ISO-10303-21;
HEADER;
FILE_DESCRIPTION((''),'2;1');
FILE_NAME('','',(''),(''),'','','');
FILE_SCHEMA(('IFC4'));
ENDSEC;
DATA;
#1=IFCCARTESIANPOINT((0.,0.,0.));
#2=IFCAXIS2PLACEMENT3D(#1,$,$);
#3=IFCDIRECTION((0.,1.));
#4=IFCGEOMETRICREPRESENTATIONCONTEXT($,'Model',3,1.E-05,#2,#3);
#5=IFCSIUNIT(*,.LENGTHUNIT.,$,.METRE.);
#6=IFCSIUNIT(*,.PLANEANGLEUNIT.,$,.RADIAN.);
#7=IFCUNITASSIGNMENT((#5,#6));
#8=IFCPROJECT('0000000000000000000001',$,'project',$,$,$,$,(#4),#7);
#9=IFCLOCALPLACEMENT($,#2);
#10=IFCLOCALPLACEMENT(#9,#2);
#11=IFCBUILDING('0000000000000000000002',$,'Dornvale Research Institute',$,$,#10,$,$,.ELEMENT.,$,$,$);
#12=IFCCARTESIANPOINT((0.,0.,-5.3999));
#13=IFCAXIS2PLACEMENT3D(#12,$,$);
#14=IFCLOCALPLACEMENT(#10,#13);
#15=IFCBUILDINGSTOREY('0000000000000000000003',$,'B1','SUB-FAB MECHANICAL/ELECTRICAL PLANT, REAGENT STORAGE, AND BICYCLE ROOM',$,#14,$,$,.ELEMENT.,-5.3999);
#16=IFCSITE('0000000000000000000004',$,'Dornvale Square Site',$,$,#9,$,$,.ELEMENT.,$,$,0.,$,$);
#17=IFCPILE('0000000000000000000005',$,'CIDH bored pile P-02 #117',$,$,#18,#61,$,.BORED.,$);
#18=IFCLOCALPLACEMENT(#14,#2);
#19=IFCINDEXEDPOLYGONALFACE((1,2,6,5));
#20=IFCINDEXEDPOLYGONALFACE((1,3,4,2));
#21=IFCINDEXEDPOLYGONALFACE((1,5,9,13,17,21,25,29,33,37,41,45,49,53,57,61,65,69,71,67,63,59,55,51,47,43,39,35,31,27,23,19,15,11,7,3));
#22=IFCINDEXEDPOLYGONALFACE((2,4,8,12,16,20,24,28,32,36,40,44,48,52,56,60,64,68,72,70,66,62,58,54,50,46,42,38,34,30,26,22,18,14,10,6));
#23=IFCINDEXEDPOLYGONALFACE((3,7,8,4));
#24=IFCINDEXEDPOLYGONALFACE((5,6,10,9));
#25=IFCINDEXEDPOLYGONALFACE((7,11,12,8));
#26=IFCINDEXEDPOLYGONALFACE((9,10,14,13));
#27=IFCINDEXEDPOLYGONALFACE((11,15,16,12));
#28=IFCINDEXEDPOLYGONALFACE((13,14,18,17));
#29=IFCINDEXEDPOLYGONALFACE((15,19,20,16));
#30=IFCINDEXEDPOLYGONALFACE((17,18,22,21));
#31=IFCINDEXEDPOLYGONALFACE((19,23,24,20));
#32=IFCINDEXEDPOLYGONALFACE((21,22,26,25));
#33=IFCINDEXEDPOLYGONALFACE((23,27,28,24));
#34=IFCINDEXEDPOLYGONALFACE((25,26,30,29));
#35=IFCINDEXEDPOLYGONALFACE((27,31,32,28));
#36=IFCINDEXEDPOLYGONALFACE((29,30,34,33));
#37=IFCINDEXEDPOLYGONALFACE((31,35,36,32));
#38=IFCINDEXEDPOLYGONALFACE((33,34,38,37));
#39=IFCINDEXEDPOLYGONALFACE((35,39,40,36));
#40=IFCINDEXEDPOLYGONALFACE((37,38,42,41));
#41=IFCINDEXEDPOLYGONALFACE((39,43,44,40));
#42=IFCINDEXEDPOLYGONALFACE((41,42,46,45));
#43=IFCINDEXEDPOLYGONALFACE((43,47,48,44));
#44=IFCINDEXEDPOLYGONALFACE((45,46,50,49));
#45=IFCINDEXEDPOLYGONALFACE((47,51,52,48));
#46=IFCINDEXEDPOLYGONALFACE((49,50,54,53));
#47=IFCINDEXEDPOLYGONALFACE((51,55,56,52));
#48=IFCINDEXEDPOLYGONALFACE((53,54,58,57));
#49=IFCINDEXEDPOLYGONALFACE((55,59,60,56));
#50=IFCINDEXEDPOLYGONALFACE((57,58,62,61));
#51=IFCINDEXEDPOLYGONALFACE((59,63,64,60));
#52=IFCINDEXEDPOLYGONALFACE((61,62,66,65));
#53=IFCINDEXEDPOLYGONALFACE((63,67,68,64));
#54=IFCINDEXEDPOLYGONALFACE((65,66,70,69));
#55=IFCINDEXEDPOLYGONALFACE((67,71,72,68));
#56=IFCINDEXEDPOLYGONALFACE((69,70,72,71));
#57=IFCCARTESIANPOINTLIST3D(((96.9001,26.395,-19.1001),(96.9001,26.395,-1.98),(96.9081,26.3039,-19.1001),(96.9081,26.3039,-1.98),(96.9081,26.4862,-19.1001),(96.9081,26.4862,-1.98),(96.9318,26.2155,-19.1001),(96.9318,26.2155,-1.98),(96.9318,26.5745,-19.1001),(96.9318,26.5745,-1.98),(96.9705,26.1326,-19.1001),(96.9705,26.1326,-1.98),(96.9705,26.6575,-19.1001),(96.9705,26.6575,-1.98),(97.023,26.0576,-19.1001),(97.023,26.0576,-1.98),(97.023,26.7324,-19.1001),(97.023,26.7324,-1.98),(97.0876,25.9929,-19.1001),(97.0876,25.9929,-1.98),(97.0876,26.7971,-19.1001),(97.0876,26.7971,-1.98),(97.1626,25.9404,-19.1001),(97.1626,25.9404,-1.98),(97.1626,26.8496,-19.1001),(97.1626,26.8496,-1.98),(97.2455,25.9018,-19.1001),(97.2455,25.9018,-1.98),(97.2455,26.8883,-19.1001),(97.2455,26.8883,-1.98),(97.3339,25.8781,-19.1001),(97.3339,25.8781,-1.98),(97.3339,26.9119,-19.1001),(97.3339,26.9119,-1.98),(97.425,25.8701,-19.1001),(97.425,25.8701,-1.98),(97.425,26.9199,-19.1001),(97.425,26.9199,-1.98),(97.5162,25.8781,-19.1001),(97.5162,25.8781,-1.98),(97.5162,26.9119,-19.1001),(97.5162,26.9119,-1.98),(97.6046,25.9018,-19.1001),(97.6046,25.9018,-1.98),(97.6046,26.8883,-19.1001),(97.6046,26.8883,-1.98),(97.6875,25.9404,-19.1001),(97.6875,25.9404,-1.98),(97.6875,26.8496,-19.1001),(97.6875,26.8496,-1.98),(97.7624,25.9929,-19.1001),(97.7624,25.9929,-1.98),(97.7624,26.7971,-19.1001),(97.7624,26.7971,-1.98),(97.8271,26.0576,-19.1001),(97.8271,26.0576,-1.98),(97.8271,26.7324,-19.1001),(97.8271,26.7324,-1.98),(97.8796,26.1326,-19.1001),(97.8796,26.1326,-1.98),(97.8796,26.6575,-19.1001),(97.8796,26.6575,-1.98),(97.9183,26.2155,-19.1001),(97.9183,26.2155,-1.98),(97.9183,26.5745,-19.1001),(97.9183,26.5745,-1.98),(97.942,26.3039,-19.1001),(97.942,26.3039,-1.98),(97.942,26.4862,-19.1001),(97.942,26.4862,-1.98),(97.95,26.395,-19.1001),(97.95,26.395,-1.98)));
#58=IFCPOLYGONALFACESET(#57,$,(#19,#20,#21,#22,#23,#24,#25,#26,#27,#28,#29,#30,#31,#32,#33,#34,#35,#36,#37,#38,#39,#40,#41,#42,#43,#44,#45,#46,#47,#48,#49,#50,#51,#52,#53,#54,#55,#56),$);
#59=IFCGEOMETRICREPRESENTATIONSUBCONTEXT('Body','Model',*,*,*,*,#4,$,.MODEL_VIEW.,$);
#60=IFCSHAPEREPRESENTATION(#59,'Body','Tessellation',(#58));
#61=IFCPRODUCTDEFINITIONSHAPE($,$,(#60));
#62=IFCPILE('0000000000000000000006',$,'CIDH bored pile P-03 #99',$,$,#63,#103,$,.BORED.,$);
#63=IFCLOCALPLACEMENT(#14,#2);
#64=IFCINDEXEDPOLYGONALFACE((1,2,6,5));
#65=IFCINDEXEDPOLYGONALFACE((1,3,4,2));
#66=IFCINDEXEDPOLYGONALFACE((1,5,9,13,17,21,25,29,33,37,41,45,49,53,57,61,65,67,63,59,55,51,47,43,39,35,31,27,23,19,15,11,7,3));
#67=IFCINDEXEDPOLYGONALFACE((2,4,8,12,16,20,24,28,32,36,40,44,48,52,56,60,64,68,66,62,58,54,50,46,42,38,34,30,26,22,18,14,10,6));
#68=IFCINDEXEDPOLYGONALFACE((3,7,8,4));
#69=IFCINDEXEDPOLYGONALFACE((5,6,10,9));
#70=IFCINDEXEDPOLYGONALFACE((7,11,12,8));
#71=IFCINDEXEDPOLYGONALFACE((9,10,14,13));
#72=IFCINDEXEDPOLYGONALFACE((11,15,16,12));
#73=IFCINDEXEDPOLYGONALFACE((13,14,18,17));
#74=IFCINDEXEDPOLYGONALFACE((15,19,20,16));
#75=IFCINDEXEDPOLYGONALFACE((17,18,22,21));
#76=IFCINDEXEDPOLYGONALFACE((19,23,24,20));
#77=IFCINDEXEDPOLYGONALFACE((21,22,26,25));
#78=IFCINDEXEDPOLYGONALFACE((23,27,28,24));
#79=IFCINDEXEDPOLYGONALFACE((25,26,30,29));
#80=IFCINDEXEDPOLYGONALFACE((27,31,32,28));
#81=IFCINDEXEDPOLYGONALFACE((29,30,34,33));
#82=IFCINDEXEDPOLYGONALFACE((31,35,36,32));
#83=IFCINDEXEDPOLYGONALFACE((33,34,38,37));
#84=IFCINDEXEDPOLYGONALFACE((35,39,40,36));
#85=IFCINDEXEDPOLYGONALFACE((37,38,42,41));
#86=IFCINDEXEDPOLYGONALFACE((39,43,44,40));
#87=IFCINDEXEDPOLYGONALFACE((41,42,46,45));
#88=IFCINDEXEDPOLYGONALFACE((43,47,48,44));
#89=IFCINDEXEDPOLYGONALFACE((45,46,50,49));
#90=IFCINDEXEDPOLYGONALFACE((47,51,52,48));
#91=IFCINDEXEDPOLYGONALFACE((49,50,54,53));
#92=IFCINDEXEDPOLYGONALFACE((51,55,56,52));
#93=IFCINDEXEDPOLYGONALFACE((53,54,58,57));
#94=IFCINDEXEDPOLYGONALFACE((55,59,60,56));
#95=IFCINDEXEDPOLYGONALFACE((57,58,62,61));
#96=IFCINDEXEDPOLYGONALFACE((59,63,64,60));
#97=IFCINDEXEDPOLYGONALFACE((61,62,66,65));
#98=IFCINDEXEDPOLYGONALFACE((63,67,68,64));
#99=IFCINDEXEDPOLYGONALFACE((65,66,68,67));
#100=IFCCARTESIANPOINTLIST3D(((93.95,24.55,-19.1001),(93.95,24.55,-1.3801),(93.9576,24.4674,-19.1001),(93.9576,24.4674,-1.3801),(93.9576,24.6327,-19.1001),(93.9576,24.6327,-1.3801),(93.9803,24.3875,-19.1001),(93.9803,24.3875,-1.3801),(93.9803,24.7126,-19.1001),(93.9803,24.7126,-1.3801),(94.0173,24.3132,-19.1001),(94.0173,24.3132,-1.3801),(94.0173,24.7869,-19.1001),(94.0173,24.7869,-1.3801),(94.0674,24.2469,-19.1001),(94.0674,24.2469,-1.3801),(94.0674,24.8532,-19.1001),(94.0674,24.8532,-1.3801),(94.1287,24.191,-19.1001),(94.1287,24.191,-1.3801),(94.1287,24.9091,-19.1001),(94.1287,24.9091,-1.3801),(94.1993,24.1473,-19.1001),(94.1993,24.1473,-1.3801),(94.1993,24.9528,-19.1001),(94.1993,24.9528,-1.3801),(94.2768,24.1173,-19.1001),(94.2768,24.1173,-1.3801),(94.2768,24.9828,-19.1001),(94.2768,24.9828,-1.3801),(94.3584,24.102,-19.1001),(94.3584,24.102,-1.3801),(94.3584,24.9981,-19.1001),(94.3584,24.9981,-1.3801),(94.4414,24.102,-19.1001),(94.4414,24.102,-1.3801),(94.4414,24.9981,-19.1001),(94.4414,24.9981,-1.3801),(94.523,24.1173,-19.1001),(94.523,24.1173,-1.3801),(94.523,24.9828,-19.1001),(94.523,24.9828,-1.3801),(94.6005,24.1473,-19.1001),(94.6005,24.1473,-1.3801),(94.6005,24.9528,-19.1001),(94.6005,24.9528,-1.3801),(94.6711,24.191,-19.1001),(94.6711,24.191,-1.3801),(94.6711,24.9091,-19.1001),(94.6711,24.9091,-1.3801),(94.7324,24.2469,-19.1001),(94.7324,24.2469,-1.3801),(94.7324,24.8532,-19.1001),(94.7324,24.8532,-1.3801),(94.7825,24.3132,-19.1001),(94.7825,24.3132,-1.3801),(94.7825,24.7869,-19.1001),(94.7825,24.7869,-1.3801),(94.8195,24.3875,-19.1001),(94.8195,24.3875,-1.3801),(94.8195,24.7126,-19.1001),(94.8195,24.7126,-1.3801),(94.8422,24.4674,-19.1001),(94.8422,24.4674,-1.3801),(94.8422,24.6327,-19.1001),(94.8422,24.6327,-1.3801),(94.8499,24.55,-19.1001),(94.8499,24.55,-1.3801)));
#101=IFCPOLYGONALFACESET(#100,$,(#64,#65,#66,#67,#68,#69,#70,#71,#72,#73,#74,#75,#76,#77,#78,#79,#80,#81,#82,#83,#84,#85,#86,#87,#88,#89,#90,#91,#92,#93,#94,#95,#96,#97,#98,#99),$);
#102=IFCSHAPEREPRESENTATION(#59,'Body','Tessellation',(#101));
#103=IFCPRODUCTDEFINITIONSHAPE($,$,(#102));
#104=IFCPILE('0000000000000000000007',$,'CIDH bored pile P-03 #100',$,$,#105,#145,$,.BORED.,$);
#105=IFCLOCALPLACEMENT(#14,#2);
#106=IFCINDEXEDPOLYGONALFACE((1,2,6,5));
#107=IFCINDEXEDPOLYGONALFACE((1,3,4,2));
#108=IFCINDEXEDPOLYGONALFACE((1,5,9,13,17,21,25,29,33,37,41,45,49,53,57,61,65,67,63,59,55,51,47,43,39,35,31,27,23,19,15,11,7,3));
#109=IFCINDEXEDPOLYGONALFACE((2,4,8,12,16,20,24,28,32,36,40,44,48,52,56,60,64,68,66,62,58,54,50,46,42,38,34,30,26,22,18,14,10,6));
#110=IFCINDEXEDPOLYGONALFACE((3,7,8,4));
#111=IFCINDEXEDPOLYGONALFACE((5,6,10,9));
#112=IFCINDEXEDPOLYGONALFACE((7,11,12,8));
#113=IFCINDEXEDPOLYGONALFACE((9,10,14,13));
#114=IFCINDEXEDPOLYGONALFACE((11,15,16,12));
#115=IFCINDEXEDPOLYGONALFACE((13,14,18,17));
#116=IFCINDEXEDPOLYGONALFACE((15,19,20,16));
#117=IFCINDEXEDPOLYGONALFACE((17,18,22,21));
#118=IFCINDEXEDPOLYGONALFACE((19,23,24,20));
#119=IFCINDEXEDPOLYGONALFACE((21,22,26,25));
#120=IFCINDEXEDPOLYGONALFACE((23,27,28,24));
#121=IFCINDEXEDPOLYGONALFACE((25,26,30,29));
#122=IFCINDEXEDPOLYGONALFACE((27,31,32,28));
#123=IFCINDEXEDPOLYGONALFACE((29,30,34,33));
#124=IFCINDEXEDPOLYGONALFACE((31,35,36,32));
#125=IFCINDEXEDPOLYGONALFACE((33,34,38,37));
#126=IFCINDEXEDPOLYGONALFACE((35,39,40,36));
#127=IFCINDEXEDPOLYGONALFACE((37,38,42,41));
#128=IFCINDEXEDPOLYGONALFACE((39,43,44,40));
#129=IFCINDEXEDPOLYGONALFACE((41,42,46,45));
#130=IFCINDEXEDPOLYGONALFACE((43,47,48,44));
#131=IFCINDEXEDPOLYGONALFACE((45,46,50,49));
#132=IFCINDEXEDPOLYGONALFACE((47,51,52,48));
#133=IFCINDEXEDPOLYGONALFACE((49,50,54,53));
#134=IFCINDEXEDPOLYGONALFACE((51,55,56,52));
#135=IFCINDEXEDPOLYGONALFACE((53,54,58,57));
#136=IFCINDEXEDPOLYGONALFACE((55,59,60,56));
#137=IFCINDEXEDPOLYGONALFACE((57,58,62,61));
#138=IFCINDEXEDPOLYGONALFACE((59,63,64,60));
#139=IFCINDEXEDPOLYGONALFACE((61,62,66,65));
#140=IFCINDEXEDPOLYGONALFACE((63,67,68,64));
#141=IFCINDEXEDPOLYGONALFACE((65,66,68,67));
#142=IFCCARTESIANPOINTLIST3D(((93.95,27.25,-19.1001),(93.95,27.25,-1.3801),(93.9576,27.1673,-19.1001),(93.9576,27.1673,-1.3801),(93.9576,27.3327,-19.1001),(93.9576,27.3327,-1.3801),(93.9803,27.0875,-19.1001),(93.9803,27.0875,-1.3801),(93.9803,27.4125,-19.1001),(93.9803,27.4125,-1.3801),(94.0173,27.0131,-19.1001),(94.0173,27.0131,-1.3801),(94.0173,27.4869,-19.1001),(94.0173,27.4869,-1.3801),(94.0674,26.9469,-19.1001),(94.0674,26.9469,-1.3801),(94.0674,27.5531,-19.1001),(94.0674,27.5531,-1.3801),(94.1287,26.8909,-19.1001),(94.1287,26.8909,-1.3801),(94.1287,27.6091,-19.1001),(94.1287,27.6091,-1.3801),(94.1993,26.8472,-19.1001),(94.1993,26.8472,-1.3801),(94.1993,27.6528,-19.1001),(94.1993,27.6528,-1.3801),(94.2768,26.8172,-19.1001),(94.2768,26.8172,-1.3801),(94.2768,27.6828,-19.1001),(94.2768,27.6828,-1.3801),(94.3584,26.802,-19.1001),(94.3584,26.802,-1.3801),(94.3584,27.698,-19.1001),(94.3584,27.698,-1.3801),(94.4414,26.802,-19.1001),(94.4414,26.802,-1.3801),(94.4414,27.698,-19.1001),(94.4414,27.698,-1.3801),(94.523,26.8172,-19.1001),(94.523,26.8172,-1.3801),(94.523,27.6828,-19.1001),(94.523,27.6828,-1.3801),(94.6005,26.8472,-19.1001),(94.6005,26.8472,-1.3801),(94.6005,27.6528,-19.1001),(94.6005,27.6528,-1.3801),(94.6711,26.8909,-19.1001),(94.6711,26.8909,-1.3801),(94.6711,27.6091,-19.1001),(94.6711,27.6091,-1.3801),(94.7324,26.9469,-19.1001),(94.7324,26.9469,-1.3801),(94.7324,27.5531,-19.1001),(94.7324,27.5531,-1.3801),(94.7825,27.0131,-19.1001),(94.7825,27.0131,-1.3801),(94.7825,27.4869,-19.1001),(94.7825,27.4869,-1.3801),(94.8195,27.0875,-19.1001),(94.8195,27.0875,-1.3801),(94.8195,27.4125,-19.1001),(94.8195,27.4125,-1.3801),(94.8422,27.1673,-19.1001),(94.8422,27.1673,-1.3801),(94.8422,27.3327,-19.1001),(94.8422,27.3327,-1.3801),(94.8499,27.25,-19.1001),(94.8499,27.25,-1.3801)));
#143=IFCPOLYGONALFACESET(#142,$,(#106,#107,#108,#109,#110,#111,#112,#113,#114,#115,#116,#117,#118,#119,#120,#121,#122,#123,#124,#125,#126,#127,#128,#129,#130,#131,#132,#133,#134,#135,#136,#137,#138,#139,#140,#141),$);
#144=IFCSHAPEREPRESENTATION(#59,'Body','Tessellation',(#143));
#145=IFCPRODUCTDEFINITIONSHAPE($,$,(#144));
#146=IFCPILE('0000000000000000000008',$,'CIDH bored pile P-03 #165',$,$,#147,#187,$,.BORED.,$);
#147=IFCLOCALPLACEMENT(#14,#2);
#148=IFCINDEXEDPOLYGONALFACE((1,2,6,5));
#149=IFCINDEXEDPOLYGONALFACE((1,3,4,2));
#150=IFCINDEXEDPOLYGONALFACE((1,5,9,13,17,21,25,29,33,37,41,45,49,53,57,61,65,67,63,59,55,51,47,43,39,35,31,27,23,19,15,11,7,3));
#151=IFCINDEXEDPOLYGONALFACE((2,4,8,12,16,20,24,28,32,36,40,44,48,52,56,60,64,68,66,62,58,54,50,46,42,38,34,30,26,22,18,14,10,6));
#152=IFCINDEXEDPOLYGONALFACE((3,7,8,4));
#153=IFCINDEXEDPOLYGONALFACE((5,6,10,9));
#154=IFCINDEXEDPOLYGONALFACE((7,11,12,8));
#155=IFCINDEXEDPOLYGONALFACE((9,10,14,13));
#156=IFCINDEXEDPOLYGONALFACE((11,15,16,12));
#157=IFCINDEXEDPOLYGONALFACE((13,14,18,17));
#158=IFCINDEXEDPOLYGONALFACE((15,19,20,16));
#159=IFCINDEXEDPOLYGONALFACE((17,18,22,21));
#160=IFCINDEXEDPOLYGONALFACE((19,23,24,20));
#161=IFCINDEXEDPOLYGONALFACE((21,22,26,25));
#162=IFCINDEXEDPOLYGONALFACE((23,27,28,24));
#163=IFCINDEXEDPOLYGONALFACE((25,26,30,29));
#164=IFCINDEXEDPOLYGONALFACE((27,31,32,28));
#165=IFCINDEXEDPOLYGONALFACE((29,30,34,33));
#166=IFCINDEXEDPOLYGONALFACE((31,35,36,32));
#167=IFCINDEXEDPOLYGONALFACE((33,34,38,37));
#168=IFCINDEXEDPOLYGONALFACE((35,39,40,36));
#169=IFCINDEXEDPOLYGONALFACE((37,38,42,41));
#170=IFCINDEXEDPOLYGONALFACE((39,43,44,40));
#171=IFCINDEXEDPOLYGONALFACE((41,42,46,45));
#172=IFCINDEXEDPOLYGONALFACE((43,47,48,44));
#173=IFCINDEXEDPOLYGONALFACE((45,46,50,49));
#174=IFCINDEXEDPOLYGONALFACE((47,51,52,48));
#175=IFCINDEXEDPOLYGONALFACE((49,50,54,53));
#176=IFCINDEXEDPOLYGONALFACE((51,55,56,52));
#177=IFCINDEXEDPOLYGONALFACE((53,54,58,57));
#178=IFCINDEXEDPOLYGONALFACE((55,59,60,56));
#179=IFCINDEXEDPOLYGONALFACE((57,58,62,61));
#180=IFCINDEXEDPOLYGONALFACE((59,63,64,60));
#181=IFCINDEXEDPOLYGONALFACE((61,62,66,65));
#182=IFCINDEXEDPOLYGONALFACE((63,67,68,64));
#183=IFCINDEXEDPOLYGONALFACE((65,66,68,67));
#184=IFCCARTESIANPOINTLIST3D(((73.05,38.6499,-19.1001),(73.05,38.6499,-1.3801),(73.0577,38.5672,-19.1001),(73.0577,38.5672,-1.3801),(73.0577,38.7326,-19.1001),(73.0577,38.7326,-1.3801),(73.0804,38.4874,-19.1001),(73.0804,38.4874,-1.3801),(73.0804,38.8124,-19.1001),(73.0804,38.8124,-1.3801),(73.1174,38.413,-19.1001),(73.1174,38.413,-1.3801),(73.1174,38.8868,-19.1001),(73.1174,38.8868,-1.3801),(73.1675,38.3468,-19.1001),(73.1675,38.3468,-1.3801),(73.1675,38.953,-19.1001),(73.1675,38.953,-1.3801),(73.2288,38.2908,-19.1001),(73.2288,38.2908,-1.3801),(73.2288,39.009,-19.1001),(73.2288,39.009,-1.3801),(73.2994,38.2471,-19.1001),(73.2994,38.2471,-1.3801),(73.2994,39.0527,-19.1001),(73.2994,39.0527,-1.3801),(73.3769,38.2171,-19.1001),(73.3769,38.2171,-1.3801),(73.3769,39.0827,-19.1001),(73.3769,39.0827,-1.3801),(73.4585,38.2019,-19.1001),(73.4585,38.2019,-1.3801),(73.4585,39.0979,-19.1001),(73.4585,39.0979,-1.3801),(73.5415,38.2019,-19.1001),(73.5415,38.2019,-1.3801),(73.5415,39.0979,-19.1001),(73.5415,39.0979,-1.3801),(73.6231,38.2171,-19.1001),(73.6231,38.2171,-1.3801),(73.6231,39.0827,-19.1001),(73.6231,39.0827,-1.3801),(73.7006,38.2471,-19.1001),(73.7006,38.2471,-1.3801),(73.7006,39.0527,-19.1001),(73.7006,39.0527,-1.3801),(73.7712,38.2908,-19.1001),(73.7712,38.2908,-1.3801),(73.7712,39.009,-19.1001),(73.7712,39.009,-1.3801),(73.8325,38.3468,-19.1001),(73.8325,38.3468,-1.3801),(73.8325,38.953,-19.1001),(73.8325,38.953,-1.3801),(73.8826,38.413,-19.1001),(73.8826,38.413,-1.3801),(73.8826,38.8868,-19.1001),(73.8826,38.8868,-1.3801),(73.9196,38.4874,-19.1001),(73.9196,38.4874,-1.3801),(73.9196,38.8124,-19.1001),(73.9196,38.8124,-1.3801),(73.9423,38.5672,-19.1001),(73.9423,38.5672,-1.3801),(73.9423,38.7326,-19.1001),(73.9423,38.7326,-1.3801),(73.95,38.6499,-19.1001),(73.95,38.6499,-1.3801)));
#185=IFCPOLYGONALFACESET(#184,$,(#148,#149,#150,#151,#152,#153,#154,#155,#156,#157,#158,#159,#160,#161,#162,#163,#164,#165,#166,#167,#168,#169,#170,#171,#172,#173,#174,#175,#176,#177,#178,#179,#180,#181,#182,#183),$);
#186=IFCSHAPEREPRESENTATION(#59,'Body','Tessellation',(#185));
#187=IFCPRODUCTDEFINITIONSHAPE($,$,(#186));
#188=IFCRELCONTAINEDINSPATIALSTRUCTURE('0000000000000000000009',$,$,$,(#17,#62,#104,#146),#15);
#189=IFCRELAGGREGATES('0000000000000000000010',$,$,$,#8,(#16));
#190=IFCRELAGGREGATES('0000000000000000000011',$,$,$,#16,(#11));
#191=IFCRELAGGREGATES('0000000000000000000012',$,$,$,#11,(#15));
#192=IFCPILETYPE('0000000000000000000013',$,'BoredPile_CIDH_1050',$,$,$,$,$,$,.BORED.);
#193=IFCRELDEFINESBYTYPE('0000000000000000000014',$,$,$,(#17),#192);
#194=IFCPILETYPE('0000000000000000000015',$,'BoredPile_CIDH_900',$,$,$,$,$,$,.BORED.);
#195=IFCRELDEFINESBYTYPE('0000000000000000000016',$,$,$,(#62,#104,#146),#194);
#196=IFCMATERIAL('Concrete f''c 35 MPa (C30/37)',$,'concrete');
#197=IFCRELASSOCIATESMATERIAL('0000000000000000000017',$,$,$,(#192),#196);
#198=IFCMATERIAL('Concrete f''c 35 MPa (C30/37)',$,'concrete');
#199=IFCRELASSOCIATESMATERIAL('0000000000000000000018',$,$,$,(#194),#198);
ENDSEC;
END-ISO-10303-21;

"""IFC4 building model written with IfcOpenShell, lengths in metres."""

from ifc_helpers import new_model, si_unit, direction, frame, origin, origin_2d, place, context, subcontext, project, spatial, circle, extrude, material, material_profile, profile_set, type_object, element, save


model = new_model("IFC4")

# Units and contexts
model_context = context("Model", 3, precision=1e-05, world=origin(), true_north=direction((0.0, 1.0)))
body_context = subcontext(model_context, "Body", "Model", "MODEL_VIEW")
ifc_project = project(units=[si_unit("LENGTHUNIT", "METRE"), si_unit("PLANEANGLEUNIT", "RADIAN")], contexts=[model_context])

# Site, building, storey
site_placement = place(None, origin())
site = spatial("IfcSite", under=ifc_project, at=site_placement, Name="Dornvale Square Site", CompositionType="ELEMENT", RefElevation=0.0)
building_placement = place(site_placement, origin())
building = spatial("IfcBuilding", under=site, at=building_placement, Name="Dornvale Research Institute", CompositionType="ELEMENT")
storey_placement = place(building_placement, frame((0.0, 0.0, -5.3999)))
storey = spatial("IfcBuildingStorey", under=building, at=storey_placement, Name="B1", Description="SUB-FAB MECHANICAL/ELECTRICAL PLANT, REAGENT STORAGE, AND BICYCLE ROOM", CompositionType="ELEMENT", Elevation=-5.3999)

# Piles
ifc_material_1 = material(Name="Concrete f'c 35 MPa (C30/37)", Category="concrete")
ifc_material_profile_1 = material_profile(ifc_material_1, circle(Radius=0.5249, at=origin_2d()), Name="CIDH PILE D1050")
ifc_profile_set_1 = profile_set([ifc_material_profile_1], Name="Concrete f'c 35 MPa (C30/37)")
pile_type_1 = type_object("IfcPileType", Name="BoredPile_CIDH_1050", PredefinedType="BORED", material=ifc_profile_set_1)
pile_1_placement = place(storey_placement, frame((97.425, 26.395, -1.98), z_axis=(0.0, 0.0, -1.0), x_axis=(1.0, 0.0, 0.0)))
element("IfcPile", 1, at=pile_1_placement, inside=storey, type_object=pile_type_1, Name="CIDH bored pile P-02 #117", PredefinedType="BORED", context=body_context, shape_type="SweptSolid", body=[
    extrude(circle(Radius=0.5249, at=origin_2d()), origin(), (0.0, 0.0, 1.0), 17.1201),
])
ifc_material_2 = material(Name="Concrete f'c 35 MPa (C30/37)", Category="concrete")
ifc_material_profile_2 = material_profile(ifc_material_2, circle(Radius=0.45, at=origin_2d()), Name="CIDH PILE D900")
ifc_profile_set_2 = profile_set([ifc_material_profile_2], Name="Concrete f'c 35 MPa (C30/37)")
pile_type_2 = type_object("IfcPileType", Name="BoredPile_CIDH_900", PredefinedType="BORED", material=ifc_profile_set_2)
for number, where, z_axis, x_axis, name in (
    (2, (94.3999, 24.55, -1.3801), (0.0, 0.0, -1.0), (1.0, 0.0, 0.0), "CIDH bored pile P-03 #99"),
    (3, (94.3999, 27.25, -1.3801), (0.0, 0.0, -1.0), (1.0, 0.0, 0.0), "CIDH bored pile P-03 #100"),
    (4, (73.5, 38.6499, -1.3801), (0.0, 0.0, -1.0), (1.0, 0.0, 0.0), "CIDH bored pile P-03 #165"),
):
    element("IfcPile", number, at=place(storey_placement, frame(where, z_axis=z_axis, x_axis=x_axis)), inside=storey, type_object=pile_type_2, Name=name, PredefinedType="BORED", context=body_context, shape_type="SweptSolid", body=[
        extrude(circle(Radius=0.45, at=origin_2d()), origin(), (0.0, 0.0, 1.0), 17.72),
    ])

save(model, "model.ifc")
